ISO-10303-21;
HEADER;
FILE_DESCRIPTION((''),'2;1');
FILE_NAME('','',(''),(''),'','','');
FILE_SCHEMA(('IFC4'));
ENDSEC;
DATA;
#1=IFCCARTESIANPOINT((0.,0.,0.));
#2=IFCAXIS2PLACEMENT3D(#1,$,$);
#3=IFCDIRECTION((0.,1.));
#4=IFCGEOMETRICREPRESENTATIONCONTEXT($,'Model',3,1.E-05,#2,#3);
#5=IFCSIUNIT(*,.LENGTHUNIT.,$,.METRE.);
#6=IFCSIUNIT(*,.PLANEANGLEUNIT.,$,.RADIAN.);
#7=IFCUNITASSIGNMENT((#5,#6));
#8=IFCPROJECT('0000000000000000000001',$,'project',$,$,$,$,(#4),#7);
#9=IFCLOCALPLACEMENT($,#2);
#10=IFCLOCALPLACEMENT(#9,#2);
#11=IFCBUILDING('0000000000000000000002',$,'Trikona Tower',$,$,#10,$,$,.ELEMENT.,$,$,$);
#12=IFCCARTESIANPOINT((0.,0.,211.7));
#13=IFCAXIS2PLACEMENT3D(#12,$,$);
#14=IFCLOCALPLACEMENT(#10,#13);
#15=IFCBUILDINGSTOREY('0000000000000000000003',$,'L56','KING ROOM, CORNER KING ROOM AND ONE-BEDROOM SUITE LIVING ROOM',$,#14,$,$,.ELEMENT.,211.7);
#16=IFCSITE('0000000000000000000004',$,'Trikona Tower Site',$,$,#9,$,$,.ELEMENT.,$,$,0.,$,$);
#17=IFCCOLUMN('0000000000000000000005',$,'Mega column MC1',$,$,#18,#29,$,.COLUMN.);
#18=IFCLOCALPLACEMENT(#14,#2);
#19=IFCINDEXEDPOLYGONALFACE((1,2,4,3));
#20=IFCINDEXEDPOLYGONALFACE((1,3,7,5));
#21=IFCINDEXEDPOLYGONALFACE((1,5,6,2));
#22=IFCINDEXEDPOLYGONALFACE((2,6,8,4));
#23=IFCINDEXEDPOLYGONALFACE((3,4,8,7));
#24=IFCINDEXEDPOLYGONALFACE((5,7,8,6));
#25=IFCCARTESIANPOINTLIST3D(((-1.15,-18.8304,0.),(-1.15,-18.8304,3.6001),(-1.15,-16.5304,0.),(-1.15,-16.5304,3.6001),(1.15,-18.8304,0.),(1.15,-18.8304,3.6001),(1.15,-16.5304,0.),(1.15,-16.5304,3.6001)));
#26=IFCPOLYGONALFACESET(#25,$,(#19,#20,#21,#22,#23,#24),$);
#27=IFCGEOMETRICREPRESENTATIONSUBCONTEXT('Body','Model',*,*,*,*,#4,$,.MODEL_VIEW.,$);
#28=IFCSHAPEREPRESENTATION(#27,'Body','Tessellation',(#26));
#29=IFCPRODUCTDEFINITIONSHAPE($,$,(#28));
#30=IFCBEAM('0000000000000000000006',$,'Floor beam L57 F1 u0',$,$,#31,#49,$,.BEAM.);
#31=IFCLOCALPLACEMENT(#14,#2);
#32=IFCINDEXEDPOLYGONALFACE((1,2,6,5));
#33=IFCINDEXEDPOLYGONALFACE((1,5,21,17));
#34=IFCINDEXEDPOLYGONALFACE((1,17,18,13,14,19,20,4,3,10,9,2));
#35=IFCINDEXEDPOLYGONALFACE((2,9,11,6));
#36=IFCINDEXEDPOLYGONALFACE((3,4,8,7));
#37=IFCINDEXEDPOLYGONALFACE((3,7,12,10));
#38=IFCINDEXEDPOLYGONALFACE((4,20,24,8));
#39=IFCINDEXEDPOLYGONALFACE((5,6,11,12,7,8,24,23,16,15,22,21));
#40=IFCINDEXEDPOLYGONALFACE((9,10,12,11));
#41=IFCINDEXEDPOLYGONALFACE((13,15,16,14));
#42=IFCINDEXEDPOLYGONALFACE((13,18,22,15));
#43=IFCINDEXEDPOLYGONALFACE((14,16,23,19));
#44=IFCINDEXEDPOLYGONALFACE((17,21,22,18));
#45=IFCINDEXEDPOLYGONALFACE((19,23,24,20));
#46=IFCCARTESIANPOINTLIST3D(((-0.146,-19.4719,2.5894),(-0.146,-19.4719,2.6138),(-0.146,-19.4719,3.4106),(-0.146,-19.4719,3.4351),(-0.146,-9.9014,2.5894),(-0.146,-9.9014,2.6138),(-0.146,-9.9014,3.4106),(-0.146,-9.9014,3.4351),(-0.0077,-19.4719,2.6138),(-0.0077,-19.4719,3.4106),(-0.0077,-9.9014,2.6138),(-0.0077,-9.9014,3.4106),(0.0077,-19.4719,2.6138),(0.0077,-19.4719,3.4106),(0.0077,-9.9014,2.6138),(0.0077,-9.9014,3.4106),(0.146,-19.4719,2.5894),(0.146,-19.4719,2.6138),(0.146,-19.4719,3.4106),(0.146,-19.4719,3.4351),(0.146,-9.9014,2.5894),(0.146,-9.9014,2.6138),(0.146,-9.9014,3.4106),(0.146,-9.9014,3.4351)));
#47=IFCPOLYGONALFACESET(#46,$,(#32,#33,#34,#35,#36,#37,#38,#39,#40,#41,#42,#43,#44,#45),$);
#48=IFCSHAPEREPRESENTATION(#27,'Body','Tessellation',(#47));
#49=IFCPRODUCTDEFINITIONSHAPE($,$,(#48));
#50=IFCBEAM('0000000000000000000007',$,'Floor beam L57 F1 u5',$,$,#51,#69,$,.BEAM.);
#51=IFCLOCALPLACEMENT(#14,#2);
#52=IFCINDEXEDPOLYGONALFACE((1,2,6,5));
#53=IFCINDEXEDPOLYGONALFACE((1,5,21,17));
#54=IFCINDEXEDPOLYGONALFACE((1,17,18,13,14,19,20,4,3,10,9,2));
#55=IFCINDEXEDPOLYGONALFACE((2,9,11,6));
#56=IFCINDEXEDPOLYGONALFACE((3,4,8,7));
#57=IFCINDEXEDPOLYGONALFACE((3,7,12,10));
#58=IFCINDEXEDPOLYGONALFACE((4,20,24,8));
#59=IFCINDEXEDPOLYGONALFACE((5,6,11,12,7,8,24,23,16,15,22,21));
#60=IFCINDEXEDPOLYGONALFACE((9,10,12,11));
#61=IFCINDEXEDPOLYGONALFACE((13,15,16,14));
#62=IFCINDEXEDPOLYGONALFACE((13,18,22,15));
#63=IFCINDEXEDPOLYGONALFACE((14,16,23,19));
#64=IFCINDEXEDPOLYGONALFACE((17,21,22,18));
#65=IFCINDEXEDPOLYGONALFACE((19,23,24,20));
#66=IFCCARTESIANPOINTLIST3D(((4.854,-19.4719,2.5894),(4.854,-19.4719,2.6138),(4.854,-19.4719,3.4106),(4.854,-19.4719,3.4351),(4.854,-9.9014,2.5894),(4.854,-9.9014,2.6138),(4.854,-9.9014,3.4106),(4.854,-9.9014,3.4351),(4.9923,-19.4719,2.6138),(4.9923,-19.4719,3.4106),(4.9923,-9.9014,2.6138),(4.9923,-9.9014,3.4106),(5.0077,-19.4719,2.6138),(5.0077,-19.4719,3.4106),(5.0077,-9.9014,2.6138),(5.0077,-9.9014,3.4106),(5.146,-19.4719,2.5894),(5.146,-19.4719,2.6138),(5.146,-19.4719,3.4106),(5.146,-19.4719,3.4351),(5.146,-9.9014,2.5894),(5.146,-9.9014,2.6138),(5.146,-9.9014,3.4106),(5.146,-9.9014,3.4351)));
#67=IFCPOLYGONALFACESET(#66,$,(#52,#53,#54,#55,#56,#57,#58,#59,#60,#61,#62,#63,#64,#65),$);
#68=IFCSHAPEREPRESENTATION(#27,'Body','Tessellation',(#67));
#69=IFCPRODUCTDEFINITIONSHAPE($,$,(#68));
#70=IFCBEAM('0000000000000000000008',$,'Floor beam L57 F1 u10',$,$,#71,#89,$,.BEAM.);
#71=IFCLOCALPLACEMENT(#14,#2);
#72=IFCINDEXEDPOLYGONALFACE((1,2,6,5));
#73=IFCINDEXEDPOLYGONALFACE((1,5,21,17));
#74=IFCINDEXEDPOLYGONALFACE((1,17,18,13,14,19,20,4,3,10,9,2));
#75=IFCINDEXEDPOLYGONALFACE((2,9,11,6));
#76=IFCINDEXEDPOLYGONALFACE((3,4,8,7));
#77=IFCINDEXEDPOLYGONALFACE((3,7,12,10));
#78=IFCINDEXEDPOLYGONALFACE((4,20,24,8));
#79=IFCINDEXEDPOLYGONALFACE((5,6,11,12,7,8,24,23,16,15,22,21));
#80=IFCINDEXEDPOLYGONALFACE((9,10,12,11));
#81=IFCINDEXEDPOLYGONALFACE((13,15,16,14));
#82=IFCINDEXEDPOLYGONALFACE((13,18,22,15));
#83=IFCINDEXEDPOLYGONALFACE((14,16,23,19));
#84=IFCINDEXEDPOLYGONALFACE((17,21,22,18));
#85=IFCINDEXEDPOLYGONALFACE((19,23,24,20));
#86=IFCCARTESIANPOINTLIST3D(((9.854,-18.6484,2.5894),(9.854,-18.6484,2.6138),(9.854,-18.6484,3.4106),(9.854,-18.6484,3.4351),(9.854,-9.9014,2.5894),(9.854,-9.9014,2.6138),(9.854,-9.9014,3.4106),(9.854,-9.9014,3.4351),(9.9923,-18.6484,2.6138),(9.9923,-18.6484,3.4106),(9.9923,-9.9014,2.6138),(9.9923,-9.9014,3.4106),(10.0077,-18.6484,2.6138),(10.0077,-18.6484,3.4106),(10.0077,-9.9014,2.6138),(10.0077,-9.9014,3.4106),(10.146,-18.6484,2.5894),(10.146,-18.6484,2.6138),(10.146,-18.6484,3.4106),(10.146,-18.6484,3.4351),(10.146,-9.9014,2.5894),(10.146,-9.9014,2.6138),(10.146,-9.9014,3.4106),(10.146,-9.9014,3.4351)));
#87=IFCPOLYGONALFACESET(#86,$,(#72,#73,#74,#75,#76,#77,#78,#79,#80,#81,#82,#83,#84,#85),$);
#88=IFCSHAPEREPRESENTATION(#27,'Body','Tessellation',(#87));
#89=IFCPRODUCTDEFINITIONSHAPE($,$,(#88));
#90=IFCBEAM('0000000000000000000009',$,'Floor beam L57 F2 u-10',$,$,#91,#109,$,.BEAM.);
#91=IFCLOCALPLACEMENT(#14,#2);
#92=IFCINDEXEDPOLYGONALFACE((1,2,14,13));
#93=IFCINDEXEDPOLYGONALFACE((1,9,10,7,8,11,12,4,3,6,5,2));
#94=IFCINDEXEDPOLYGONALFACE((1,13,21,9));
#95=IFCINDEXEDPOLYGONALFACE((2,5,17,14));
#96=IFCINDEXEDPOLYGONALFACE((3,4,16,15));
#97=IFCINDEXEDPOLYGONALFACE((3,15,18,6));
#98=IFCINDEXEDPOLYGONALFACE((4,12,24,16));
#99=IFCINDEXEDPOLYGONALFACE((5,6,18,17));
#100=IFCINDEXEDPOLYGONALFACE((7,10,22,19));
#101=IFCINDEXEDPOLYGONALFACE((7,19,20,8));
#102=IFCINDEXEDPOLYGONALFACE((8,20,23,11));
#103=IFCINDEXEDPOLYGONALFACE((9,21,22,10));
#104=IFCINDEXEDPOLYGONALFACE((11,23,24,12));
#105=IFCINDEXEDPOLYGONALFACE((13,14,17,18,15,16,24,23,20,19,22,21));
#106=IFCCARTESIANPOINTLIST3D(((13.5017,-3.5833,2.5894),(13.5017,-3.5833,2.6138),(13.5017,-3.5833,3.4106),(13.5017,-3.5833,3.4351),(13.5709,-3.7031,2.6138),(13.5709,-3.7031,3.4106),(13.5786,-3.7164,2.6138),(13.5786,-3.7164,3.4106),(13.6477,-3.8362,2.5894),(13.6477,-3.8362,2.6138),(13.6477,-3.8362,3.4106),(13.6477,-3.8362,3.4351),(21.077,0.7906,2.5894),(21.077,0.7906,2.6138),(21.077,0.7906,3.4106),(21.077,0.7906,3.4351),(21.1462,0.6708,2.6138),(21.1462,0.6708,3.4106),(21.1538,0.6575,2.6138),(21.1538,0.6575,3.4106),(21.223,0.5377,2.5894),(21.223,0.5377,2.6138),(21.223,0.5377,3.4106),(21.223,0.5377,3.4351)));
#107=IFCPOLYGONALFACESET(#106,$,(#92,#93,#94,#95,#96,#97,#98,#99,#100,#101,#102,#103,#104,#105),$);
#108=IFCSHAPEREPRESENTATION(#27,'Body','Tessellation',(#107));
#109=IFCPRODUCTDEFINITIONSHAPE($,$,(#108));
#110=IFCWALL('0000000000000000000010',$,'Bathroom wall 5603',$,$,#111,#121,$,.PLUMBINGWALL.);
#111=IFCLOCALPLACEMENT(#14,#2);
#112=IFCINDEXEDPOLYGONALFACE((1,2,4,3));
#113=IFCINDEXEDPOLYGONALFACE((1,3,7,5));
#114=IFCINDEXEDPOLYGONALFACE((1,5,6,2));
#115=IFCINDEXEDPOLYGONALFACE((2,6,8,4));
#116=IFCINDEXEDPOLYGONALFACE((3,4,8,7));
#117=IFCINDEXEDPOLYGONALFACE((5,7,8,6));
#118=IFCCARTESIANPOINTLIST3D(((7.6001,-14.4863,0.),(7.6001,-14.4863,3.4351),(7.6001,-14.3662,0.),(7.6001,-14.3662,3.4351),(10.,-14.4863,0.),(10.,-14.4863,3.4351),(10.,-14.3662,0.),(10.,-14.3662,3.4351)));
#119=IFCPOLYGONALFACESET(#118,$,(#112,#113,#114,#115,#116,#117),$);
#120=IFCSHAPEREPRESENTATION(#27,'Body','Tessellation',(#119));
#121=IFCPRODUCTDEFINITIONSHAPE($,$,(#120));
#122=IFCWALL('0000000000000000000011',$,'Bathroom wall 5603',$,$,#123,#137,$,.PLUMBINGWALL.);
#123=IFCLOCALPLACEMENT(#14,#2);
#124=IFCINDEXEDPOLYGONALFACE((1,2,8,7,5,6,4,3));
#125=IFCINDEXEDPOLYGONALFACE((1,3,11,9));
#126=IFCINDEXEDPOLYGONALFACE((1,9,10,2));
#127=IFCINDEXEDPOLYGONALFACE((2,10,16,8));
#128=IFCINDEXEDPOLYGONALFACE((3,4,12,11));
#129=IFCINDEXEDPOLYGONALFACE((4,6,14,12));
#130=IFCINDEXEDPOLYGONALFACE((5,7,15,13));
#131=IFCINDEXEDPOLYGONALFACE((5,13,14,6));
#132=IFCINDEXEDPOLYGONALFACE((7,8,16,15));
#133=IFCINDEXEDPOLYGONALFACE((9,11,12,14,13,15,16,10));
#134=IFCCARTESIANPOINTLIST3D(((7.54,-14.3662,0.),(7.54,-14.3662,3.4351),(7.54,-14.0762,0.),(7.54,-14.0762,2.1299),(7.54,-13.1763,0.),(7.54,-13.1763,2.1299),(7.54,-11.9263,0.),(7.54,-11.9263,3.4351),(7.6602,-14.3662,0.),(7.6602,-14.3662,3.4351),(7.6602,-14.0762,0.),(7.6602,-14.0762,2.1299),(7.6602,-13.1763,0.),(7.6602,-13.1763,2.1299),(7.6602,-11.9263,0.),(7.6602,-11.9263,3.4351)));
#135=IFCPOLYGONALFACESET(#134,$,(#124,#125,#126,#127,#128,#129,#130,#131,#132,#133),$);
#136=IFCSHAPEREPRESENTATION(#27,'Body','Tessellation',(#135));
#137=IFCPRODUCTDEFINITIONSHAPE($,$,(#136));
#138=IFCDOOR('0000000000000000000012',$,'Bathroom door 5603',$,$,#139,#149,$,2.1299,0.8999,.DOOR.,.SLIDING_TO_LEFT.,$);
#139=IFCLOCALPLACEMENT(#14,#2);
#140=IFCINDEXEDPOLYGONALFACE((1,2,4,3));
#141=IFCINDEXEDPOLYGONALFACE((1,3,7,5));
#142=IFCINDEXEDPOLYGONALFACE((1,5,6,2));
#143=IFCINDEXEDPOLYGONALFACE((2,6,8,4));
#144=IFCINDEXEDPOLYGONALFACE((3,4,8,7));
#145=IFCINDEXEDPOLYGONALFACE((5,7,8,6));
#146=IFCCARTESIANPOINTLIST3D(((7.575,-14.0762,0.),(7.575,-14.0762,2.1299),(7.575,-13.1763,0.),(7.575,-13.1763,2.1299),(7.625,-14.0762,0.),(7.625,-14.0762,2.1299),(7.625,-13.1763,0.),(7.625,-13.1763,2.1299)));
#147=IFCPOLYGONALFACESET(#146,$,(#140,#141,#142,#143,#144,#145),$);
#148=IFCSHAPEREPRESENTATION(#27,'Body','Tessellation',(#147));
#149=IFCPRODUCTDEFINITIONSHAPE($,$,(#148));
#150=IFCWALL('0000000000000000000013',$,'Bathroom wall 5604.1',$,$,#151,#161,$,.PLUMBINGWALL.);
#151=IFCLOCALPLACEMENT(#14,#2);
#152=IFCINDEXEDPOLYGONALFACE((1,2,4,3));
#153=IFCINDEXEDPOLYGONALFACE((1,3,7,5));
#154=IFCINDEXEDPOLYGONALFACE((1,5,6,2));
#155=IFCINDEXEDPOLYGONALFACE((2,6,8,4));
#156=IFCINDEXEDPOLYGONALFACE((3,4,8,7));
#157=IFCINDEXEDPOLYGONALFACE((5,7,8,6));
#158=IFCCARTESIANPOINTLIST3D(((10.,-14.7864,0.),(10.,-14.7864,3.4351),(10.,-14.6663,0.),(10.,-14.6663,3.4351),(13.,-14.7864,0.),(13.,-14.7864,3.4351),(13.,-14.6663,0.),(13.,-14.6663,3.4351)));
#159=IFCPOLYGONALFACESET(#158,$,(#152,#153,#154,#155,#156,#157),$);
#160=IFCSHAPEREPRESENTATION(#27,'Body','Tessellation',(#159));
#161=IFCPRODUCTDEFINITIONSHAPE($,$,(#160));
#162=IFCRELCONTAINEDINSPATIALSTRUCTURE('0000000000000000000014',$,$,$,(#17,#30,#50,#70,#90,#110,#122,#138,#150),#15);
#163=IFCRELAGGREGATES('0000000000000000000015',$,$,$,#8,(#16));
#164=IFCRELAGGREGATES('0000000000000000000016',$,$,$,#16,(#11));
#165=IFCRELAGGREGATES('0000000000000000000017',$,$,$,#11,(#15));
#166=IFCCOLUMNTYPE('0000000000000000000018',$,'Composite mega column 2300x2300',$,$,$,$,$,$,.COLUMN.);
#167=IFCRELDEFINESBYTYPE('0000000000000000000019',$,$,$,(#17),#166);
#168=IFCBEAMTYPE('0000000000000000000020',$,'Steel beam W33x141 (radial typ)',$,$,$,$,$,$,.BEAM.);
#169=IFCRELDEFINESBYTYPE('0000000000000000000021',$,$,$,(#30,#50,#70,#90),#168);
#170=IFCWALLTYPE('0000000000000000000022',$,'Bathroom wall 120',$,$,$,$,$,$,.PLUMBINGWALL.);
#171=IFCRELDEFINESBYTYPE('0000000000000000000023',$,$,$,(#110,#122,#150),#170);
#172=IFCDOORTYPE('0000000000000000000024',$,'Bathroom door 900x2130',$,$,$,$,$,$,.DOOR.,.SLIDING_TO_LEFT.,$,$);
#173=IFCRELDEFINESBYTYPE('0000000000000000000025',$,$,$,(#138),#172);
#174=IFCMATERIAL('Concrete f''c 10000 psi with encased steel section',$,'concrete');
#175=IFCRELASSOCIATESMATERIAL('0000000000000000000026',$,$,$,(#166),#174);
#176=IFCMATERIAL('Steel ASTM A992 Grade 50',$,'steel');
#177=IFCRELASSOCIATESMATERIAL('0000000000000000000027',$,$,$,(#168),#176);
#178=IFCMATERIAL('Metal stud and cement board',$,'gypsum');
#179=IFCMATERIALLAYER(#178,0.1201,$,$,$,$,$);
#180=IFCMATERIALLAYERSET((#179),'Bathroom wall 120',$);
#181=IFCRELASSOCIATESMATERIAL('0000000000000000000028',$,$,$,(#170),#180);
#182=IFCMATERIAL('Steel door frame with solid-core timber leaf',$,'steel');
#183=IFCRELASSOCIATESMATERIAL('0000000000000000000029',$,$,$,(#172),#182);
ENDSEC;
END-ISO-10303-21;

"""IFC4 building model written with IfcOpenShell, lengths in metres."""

from ifc_helpers import new_model, si_unit, direction, frame, frame_2d, origin, origin_2d, place, context, subcontext, project, spatial, rectangle, i_section, extrude, material, layer, layer_set, material_profile, profile_set, type_object, element, fill, save


model = new_model("IFC4")

# Units and contexts
model_context = context("Model", 3, precision=1e-05, world=origin(), true_north=direction((0.0, 1.0)))
body_context = subcontext(model_context, "Body", "Model", "MODEL_VIEW")
ifc_project = project(units=[si_unit("LENGTHUNIT", "METRE"), si_unit("PLANEANGLEUNIT", "RADIAN")], contexts=[model_context])

# Site, building, storey
site_placement = place(None, origin())
site = spatial("IfcSite", under=ifc_project, at=site_placement, Name="Trikona Tower Site", CompositionType="ELEMENT", RefElevation=0.0)
building_placement = place(site_placement, origin())
building = spatial("IfcBuilding", under=site, at=building_placement, Name="Trikona Tower", CompositionType="ELEMENT")
storey_placement = place(building_placement, frame((0.0, 0.0, 211.7)))
storey = spatial("IfcBuildingStorey", under=building, at=storey_placement, Name="L56", Description="KING ROOM, CORNER KING ROOM AND ONE-BEDROOM SUITE LIVING ROOM", CompositionType="ELEMENT", Elevation=211.7)

# Column
ifc_material_1 = material(Name="Concrete f'c 10000 psi with encased steel section", Category="concrete")
ifc_material_profile_1 = material_profile(ifc_material_1, rectangle(XDim=2.3, YDim=2.3, at=origin_2d()), Name="MC2300")
ifc_profile_set_1 = profile_set([ifc_material_profile_1], Name="Concrete f'c 10000 psi with encased steel section")
column_type = type_object("IfcColumnType", Name="Composite mega column 2300x2300", PredefinedType="COLUMN", material=ifc_profile_set_1)
column_placement = place(storey_placement, frame((0.0, -17.6804, 0.0), z_axis=(0.0, 0.0, 1.0), x_axis=(0.0, -1.0, 0.0)))
element("IfcColumn", 1, at=column_placement, inside=storey, type_object=column_type, Name="Mega column MC1", PredefinedType="COLUMN", context=body_context, shape_type="SweptSolid", body=[
    extrude(rectangle(XDim=2.3, YDim=2.3, at=origin_2d()), origin(), (0.0, 0.0, 1.0), 3.6001),
])

# Beams
ifc_material_2 = material(Name="Steel ASTM A992 Grade 50", Category="steel")
ifc_material_profile_2 = material_profile(ifc_material_2, i_section(OverallWidth=0.292, OverallDepth=0.8457, WebThickness=0.0154, FlangeThickness=0.0244, at=origin_2d()), Name="W33X141")
ifc_profile_set_2 = profile_set([ifc_material_profile_2], Name="Steel ASTM A992 Grade 50")
beam_type = type_object("IfcBeamType", Name="Steel beam W33x141 (radial typ)", PredefinedType="BEAM", material=ifc_profile_set_2)
for number, where, z_axis, x_axis, name in (
    (2, (0.0, -9.9014, 3.0122), (0.0, -1.0, 0.0), (1.0, 0.0, 0.0), "Floor beam L57 F1 u0"),
    (3, (5.0, -9.9014, 3.0122), (0.0, -1.0, 0.0), (1.0, 0.0, 0.0), "Floor beam L57 F1 u5"),
):
    element("IfcBeam", number, at=place(storey_placement, frame(where, z_axis=z_axis, x_axis=x_axis)), inside=storey, type_object=beam_type, Name=name, PredefinedType="BEAM", context=body_context, shape_type="SweptSolid", body=[
        extrude(i_section(OverallWidth=0.292, OverallDepth=0.8457, WebThickness=0.0154, FlangeThickness=0.0244, at=origin_2d()), origin(), (0.0, 0.0, 1.0), 9.5706),
    ])
beam_1_placement = place(storey_placement, frame((10.0, -9.9014, 3.0122), z_axis=(0.0, -1.0, 0.0), x_axis=(1.0, 0.0, 0.0)))
element("IfcBeam", 4, at=beam_1_placement, inside=storey, type_object=beam_type, Name="Floor beam L57 F1 u10", PredefinedType="BEAM", context=body_context, shape_type="SweptSolid", body=[
    extrude(i_section(OverallWidth=0.292, OverallDepth=0.8457, WebThickness=0.0154, FlangeThickness=0.0244, at=origin_2d()), origin(), (0.0, 0.0, 1.0), 8.7471),
])
beam_2_placement = place(storey_placement, frame((13.5747, -3.7097, 3.0122), z_axis=(0.866014, 0.50002, 0.0), x_axis=(-0.50002, 0.866014, 0.0)))
element("IfcBeam", 5, at=beam_2_placement, inside=storey, type_object=beam_type, Name="Floor beam L57 F2 u-10", PredefinedType="BEAM", context=body_context, shape_type="SweptSolid", body=[
    extrude(i_section(OverallWidth=0.292, OverallDepth=0.8457, WebThickness=0.0154, FlangeThickness=0.0244, at=origin_2d()), origin(), (0.0, 0.0, 1.0), 8.7473),
])

# Wall
ifc_material_3 = material(Name="Metal stud and cement board", Category="gypsum")
ifc_layer_1 = layer(ifc_material_3, 0.1201)
ifc_layer_set_1 = layer_set([ifc_layer_1], Name="Bathroom wall 120")
wall_type_1 = type_object("IfcWallType", Name="Bathroom wall 120", PredefinedType="PLUMBINGWALL", material=ifc_layer_set_1)
wall_1_placement = place(storey_placement, frame((7.6001, -14.4263, 0.0), z_axis=(0.0, 0.0, 1.0), x_axis=(1.0, 0.0, 0.0)))
element("IfcWall", 6, at=wall_1_placement, inside=storey, type_object=wall_type_1, Name="Bathroom wall 5603", PredefinedType="PLUMBINGWALL", context=body_context, shape_type="SweptSolid", body=[
    extrude(rectangle(XDim=2.3999, YDim=0.1201, at=frame_2d((1.2, 0.0))), origin(), (0.0, 0.0, 1.0), 3.4351),
])

# Wall, opening, door
wall_2_placement = place(storey_placement, frame((7.6001, -11.9263, 0.0), z_axis=(0.0, 0.0, 1.0), x_axis=(0.0, -1.0, 0.0)))
wall_2 = element("IfcWall", 7, at=wall_2_placement, inside=storey, type_object=wall_type_1, Name="Bathroom wall 5603", PredefinedType="PLUMBINGWALL", context=body_context, shape_type="SweptSolid", body=[
    extrude(rectangle(XDim=2.4399, YDim=0.1201, at=frame_2d((1.22, 0.0))), origin(), (0.0, 0.0, 1.0), 3.4351),
])
opening_1_placement = place(wall_2_placement, frame((1.25, 0.0, 0.0)))
opening_1 = element("IfcOpeningElement", 8, at=opening_1_placement, cuts=wall_2, PredefinedType="OPENING", context=body_context, shape_type="SweptSolid", body=[
    extrude(rectangle(XDim=0.8999, YDim=2.1299, at=frame_2d((0.45, 1.0649))), frame((0.0, 0.0701, 0.0), z_axis=(0.0, -1.0, 0.0), x_axis=(1.0, 0.0, 0.0)), (0.0, 0.0, 1.0), 0.1401),
])
ifc_material_4 = material(Name="Steel door frame with solid-core timber leaf", Category="steel")
door_type_1 = type_object("IfcDoorType", Name="Bathroom door 900x2130", OperationType="SLIDING_TO_LEFT", PredefinedType="DOOR", material=ifc_material_4)
door_1_placement = place(opening_1_placement, origin())
door_1 = element("IfcDoor", 9, at=door_1_placement, inside=storey, type_object=door_type_1, Name="Bathroom door 5603", OperationType="SLIDING_TO_LEFT", OverallHeight=2.1299, OverallWidth=0.8999, PredefinedType="DOOR", context=body_context, shape_type="SweptSolid", body=[
    extrude(rectangle(XDim=0.8999, YDim=2.1299, at=frame_2d((0.45, 1.0649))), frame((0.0, 0.0249, 0.0), z_axis=(0.0, -1.0, 0.0), x_axis=(1.0, 0.0, 0.0)), (0.0, 0.0, 1.0), 0.05),
])
fill(opening_1, door_1)

# Wall
wall_3_placement = place(storey_placement, frame((10.0, -14.7263, 0.0), z_axis=(0.0, 0.0, 1.0), x_axis=(1.0, 0.0, 0.0)))
element("IfcWall", 10, at=wall_3_placement, inside=storey, type_object=wall_type_1, Name="Bathroom wall 5604.1", PredefinedType="PLUMBINGWALL", context=body_context, shape_type="SweptSolid", body=[
    extrude(rectangle(XDim=3.0, YDim=0.1201, at=frame_2d((1.5, 0.0))), origin(), (0.0, 0.0, 1.0), 3.4351),
])

save(model, "model.ifc")
